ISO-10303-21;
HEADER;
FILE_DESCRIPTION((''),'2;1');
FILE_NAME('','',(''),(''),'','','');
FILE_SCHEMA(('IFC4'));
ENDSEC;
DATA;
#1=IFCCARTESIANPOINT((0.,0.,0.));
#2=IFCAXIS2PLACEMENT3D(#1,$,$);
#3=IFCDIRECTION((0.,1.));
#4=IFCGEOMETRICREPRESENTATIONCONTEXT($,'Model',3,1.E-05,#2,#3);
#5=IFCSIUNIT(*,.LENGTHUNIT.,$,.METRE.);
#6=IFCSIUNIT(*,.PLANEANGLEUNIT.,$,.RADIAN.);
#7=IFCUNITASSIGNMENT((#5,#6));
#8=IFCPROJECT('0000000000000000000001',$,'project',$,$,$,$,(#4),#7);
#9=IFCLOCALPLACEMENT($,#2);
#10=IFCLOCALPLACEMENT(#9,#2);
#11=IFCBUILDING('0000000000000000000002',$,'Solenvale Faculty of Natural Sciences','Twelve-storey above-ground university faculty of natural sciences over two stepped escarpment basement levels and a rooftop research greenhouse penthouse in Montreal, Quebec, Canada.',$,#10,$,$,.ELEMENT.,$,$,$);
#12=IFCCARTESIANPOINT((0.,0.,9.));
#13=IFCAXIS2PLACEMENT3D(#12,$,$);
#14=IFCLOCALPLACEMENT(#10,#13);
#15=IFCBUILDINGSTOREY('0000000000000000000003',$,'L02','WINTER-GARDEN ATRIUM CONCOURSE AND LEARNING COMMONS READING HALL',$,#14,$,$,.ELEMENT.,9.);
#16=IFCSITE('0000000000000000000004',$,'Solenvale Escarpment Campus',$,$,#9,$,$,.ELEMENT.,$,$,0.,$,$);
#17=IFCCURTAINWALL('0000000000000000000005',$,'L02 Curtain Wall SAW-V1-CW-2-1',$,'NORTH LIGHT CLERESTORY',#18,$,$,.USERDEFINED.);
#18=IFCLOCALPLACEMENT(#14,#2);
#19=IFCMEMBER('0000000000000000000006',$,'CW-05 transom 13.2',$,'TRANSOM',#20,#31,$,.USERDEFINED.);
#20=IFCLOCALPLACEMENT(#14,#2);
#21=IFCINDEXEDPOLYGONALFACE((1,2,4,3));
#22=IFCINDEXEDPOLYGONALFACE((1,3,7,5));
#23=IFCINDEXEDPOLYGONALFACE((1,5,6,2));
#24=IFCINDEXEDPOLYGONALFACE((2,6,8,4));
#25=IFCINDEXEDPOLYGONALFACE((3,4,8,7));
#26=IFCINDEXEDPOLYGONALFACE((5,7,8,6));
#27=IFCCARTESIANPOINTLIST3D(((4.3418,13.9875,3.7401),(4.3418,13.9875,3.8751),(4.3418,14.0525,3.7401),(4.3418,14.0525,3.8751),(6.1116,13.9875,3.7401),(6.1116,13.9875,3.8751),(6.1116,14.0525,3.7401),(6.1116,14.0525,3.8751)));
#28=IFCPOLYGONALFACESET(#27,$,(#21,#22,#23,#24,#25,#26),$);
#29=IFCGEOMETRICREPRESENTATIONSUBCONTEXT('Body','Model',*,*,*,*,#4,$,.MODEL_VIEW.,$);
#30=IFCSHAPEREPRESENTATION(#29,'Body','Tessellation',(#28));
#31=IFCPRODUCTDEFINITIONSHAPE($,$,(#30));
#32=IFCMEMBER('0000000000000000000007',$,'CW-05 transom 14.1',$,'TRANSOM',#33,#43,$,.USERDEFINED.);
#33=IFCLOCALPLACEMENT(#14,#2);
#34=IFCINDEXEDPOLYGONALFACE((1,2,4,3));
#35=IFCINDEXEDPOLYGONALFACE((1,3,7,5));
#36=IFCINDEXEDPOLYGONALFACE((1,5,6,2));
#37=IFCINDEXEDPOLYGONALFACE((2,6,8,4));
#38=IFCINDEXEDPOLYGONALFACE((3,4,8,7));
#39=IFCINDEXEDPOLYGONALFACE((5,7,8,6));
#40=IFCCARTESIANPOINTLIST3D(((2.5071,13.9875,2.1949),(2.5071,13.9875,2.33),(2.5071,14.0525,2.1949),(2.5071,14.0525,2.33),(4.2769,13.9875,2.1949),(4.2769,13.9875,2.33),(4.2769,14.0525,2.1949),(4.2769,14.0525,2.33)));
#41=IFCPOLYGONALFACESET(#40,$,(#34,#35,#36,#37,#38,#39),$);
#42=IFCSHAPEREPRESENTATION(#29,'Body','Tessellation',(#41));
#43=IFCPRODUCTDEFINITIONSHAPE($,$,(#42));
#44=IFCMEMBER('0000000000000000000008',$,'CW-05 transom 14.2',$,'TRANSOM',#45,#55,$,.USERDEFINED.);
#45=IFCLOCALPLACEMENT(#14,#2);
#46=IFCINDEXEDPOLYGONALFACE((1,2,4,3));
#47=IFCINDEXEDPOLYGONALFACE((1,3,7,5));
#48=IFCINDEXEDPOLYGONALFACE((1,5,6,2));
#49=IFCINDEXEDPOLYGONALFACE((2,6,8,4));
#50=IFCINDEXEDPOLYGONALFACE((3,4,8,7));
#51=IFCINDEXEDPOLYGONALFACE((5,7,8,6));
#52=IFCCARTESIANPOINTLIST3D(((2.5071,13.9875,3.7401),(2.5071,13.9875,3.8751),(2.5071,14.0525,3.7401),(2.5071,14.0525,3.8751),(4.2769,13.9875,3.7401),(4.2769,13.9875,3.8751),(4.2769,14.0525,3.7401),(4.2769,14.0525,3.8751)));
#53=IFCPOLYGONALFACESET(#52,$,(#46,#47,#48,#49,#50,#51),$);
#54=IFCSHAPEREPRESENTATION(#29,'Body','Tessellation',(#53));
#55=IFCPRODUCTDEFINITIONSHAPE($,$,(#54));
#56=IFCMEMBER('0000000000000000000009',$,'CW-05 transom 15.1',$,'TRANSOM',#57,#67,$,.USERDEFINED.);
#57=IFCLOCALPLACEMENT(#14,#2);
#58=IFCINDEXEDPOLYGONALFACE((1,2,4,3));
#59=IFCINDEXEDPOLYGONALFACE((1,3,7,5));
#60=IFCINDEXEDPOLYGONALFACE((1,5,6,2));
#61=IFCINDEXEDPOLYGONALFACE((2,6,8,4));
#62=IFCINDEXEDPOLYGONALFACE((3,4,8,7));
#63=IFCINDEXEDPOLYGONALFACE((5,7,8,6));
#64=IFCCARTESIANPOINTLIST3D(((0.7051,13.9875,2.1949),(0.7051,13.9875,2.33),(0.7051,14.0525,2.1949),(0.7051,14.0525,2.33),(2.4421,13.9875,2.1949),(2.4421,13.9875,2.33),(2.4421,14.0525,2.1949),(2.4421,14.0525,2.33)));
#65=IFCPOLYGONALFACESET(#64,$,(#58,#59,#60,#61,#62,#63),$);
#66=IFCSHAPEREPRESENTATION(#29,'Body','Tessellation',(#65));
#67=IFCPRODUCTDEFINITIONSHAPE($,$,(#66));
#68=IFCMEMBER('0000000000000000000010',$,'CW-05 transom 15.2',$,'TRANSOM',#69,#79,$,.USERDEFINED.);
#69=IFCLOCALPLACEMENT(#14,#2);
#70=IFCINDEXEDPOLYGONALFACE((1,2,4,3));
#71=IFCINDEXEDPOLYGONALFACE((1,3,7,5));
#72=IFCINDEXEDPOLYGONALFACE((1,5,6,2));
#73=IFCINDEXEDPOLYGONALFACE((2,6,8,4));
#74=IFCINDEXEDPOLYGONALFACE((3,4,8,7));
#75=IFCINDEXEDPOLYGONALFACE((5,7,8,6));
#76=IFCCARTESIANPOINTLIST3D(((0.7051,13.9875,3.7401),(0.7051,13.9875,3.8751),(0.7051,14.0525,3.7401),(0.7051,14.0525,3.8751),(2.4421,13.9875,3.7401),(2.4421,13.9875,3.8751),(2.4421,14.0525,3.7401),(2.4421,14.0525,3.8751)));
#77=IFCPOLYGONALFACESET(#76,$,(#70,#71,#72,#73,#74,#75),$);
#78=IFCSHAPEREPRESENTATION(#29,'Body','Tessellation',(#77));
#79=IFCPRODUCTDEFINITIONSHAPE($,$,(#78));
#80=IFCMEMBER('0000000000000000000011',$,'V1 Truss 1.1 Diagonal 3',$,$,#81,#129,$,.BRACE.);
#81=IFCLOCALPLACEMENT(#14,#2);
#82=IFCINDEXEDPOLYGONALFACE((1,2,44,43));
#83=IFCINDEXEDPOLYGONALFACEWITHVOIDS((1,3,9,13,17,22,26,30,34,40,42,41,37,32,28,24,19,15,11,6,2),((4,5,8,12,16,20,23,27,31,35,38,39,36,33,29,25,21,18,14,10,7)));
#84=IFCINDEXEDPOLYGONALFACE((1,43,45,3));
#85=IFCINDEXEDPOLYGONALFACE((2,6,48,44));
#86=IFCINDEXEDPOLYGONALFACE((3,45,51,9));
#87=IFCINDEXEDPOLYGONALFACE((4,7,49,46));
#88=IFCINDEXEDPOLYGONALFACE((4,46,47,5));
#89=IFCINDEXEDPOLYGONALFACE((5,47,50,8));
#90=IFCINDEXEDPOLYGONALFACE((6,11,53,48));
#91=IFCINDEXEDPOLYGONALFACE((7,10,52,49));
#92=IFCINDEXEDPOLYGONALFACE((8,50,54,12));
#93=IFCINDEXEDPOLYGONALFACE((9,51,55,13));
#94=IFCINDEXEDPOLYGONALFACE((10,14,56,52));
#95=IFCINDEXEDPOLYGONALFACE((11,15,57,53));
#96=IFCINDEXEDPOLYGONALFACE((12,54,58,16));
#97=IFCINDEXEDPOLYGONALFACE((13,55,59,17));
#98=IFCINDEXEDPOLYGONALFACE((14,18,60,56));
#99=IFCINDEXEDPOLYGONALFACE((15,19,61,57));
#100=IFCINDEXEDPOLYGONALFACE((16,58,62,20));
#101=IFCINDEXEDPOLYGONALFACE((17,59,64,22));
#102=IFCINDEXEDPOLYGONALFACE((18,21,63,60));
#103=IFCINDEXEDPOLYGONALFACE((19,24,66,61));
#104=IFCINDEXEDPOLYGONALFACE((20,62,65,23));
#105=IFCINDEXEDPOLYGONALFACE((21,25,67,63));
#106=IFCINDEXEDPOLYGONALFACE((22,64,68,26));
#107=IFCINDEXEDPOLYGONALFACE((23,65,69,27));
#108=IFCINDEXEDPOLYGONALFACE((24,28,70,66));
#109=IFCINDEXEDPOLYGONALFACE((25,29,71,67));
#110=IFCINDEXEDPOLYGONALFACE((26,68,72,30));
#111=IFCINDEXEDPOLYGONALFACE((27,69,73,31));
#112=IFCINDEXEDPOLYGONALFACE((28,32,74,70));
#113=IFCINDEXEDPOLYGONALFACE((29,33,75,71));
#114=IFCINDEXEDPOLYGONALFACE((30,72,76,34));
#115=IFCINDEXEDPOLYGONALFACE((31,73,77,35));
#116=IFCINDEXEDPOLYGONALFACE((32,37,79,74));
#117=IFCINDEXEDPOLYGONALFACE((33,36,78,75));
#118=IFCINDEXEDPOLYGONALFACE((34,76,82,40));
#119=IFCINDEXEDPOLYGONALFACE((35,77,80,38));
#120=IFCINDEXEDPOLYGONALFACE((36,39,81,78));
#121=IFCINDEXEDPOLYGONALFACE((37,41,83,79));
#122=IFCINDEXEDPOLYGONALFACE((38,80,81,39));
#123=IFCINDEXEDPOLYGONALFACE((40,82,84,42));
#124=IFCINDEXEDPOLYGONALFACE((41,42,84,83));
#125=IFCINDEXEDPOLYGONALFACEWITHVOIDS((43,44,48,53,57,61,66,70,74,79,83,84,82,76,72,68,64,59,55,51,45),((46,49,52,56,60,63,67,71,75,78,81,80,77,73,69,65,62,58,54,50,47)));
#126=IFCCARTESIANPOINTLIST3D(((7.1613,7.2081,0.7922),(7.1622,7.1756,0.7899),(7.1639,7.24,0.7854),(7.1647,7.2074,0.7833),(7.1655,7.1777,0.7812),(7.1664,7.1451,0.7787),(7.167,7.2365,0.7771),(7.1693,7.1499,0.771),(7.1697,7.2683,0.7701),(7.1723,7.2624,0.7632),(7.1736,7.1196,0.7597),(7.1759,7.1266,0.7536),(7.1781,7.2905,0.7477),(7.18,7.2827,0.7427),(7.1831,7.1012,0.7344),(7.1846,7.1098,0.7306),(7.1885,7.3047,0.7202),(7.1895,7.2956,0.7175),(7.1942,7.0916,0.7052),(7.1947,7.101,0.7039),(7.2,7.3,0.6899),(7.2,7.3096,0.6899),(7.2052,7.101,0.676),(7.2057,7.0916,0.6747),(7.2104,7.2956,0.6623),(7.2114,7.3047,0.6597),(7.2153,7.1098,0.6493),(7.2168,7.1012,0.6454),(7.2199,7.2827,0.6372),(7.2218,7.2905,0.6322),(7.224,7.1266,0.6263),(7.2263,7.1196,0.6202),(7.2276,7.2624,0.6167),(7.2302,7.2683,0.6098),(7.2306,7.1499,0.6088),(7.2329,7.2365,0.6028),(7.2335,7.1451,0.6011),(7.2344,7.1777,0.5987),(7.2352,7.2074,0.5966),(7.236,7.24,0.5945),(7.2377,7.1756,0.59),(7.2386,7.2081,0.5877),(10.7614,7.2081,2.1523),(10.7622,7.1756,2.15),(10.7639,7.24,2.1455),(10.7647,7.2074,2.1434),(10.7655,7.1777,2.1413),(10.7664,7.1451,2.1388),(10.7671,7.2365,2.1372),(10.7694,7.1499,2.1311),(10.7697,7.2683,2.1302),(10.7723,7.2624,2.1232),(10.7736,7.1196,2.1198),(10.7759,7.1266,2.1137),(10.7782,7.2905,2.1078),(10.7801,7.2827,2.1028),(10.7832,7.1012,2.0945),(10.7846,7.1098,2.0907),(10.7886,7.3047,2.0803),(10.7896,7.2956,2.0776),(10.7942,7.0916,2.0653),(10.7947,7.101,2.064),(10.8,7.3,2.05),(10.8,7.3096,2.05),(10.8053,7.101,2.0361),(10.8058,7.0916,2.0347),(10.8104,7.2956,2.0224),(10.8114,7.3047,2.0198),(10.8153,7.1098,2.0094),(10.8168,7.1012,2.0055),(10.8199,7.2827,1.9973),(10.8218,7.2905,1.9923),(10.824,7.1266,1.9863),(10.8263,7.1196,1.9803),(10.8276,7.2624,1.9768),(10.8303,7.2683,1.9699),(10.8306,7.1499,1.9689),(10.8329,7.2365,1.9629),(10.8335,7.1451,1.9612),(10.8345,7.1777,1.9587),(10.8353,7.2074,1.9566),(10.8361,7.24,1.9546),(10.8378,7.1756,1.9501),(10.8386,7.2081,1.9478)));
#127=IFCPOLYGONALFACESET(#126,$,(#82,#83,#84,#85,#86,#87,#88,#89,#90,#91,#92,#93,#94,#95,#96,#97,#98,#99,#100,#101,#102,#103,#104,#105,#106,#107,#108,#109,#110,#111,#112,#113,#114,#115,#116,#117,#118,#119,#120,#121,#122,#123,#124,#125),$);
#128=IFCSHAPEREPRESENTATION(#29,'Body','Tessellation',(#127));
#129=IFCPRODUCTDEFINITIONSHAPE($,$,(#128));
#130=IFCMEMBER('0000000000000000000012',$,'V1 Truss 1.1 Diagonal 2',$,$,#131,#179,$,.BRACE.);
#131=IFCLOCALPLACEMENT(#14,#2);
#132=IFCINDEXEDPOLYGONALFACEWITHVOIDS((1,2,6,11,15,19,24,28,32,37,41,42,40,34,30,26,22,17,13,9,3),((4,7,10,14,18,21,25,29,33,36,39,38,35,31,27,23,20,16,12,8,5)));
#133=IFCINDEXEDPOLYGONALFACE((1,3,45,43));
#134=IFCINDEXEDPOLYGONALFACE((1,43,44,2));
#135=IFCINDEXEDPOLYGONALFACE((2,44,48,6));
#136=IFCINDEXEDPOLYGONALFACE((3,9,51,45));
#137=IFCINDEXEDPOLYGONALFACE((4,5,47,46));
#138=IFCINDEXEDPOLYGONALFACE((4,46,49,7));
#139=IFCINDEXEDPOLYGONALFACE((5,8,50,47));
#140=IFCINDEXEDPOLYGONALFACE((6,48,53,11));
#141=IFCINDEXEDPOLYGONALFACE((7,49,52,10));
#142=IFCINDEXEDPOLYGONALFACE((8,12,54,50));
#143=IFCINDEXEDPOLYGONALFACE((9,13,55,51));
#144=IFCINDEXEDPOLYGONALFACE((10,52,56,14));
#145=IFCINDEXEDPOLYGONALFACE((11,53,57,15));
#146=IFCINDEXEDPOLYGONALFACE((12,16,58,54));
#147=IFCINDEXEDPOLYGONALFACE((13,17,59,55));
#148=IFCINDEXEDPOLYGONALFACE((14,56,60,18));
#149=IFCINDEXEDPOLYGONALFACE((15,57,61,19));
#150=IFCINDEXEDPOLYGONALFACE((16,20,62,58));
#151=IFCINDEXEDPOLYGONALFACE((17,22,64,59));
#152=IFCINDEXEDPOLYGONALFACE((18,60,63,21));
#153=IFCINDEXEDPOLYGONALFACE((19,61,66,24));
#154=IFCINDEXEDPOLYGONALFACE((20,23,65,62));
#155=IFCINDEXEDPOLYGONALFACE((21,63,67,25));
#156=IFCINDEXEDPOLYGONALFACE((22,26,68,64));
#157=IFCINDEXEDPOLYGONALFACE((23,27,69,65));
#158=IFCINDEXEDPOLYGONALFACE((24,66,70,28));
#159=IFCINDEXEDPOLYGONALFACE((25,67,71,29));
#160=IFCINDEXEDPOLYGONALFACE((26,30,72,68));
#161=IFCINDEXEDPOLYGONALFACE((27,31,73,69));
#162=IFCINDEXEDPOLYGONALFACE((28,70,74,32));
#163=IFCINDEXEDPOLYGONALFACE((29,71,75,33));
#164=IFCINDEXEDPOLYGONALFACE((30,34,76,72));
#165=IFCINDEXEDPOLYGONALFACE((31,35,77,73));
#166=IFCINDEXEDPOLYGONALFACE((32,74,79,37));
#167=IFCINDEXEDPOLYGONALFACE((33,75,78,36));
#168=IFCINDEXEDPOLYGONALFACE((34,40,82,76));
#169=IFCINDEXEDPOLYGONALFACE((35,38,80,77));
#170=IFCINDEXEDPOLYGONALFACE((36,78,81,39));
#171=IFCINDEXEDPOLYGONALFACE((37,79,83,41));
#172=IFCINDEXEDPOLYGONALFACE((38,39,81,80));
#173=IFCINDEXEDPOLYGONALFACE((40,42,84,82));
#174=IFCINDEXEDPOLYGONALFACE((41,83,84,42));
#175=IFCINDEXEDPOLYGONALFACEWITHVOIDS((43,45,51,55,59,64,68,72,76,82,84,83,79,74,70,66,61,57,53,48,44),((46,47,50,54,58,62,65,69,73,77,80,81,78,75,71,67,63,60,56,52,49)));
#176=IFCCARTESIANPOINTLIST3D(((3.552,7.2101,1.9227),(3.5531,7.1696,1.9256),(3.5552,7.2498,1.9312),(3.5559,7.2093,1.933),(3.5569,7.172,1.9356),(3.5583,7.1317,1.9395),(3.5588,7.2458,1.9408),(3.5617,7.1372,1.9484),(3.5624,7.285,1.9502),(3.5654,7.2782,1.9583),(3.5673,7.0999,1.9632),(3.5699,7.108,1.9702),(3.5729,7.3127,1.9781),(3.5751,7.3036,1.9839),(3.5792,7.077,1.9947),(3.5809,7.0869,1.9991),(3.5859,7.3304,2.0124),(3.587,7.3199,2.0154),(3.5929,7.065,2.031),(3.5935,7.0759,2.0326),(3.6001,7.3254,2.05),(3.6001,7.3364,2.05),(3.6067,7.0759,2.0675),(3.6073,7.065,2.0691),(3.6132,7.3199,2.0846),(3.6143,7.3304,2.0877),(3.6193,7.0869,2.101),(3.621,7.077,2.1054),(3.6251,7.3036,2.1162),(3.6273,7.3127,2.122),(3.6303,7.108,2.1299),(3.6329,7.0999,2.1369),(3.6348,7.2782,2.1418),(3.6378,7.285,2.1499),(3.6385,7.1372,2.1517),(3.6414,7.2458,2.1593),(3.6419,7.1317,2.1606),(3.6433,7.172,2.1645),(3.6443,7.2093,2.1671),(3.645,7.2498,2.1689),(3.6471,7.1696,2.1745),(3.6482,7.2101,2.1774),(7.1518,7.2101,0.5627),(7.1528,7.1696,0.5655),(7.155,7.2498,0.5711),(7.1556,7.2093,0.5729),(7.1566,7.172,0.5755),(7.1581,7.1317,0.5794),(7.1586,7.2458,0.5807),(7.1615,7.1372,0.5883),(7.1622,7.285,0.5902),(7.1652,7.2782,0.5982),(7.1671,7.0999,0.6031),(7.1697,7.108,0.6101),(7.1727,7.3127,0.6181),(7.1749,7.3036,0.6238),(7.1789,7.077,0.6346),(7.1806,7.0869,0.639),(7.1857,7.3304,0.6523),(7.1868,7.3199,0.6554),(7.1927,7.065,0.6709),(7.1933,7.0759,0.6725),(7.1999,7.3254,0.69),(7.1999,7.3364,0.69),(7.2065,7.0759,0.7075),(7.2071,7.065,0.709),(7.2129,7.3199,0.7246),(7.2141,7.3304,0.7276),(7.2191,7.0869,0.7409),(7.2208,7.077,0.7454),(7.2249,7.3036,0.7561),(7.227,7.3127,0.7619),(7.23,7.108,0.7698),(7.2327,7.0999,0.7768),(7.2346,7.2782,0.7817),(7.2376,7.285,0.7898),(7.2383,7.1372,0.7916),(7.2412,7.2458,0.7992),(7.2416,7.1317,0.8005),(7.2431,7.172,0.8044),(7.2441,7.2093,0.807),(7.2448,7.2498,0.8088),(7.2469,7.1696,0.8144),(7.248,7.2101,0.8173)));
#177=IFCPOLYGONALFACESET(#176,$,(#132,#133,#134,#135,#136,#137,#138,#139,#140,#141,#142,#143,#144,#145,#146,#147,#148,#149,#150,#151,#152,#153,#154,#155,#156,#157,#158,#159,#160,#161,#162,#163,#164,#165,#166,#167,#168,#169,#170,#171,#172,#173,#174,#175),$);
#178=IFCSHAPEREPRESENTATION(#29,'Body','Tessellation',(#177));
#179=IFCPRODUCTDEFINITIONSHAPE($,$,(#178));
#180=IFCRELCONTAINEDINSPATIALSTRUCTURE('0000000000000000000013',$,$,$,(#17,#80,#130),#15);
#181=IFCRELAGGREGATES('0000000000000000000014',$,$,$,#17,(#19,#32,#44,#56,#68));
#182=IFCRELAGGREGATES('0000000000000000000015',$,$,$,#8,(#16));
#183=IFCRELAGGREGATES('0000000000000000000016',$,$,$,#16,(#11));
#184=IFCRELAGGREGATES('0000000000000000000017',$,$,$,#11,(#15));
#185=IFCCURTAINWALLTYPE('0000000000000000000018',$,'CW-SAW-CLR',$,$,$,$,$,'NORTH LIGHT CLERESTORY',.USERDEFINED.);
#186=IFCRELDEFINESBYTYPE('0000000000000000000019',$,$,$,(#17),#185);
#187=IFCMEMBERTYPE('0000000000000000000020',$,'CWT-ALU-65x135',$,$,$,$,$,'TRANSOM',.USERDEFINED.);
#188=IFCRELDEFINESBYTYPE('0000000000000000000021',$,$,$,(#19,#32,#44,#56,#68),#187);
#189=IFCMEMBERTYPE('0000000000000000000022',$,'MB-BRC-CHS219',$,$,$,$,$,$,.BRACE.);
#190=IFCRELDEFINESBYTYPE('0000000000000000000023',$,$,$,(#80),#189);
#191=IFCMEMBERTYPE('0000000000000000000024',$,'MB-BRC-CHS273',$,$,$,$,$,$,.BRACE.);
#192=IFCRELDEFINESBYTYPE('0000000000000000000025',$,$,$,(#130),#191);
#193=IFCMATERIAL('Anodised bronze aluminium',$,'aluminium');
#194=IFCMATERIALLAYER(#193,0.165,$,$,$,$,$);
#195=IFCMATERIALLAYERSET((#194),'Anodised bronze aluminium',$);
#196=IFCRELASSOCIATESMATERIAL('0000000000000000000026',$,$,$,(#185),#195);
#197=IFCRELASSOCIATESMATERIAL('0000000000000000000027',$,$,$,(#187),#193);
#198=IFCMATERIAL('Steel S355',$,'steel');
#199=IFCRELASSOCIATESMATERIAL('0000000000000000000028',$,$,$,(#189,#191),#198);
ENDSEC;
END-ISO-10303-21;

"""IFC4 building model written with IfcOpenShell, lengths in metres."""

from ifc_helpers import new_model, si_unit, direction, frame, origin, origin_2d, place, context, subcontext, project, spatial, rectangle, hollow_circle, extrude, material, layer, layer_set, material_profile, profile_set, type_object, element, aggregate, save


model = new_model("IFC4")

# Units and contexts
model_context = context("Model", 3, precision=1e-05, world=origin(), true_north=direction((0.0, 1.0)))
body_context = subcontext(model_context, "Body", "Model", "MODEL_VIEW")
ifc_project = project(units=[si_unit("LENGTHUNIT", "METRE"), si_unit("PLANEANGLEUNIT", "RADIAN")], contexts=[model_context])

# Site, building, storey
site_placement = place(None, origin())
site = spatial("IfcSite", under=ifc_project, at=site_placement, Name="Solenvale Escarpment Campus", CompositionType="ELEMENT", RefElevation=0.0)
building_placement = place(site_placement, origin())
building = spatial("IfcBuilding", under=site, at=building_placement, Name="Solenvale Faculty of Natural Sciences", Description="Twelve-storey above-ground university faculty of natural sciences over two stepped escarpment basement levels and a rooftop research greenhouse penthouse in Montreal, Quebec, Canada.", CompositionType="ELEMENT")
storey_placement = place(building_placement, frame((0.0, 0.0, 9.0)))
storey = spatial("IfcBuildingStorey", under=building, at=storey_placement, Name="L02", Description="WINTER-GARDEN ATRIUM CONCOURSE AND LEARNING COMMONS READING HALL", CompositionType="ELEMENT", Elevation=9.0)

# Shared definitions
ifc_material_1 = material(Name="Steel S355", Category="steel")

# Curtain wall, members
ifc_material_2 = material(Name="Anodised bronze aluminium", Category="aluminium")
ifc_layer_1 = layer(ifc_material_2, 0.165)
ifc_layer_set_1 = layer_set([ifc_layer_1], Name="Anodised bronze aluminium")
curtain_wall_type = type_object("IfcCurtainWallType", Name="CW-SAW-CLR", ElementType="NORTH LIGHT CLERESTORY", PredefinedType="USERDEFINED", material=ifc_layer_set_1)
curtain_wall_placement = place(storey_placement, origin())
curtain_wall = element("IfcCurtainWall", 1, at=curtain_wall_placement, inside=storey, type_object=curtain_wall_type, Name="L02 Curtain Wall SAW-V1-CW-2-1", ObjectType="NORTH LIGHT CLERESTORY", PredefinedType="USERDEFINED")
ifc_material_profile_1 = material_profile(ifc_material_2, rectangle(XDim=0.0649, YDim=0.135, at=origin_2d()), Name="ALU-TRN-65x135")
ifc_profile_set_1 = profile_set([ifc_material_profile_1], Name="Anodised bronze aluminium")
member_type_1 = type_object("IfcMemberType", Name="CWT-ALU-65x135", ElementType="TRANSOM", PredefinedType="USERDEFINED", material=ifc_profile_set_1)
member_1_placement = place(storey_placement, frame((6.1116, 14.02, 3.8076), z_axis=(-1.0, 0.0, 0.0), x_axis=(0.0, -1.0, 0.0)))
member_1 = element("IfcMember", 2, at=member_1_placement, type_object=member_type_1, Name="CW-05 transom 13.2", ObjectType="TRANSOM", PredefinedType="USERDEFINED", context=body_context, shape_type="SweptSolid", body=[
    extrude(rectangle(XDim=0.0649, YDim=0.135, at=origin_2d()), origin(), (0.0, 0.0, 1.0), 1.7698),
])
member_2_placement = place(storey_placement, frame((4.2769, 14.02, 2.2625), z_axis=(-1.0, 0.0, 0.0), x_axis=(0.0, -1.0, 0.0)))
member_2 = element("IfcMember", 3, at=member_2_placement, type_object=member_type_1, Name="CW-05 transom 14.1", ObjectType="TRANSOM", PredefinedType="USERDEFINED", context=body_context, shape_type="SweptSolid", body=[
    extrude(rectangle(XDim=0.0649, YDim=0.135, at=origin_2d()), origin(), (0.0, 0.0, 1.0), 1.7698),
])
member_3_placement = place(storey_placement, frame((4.2769, 14.02, 3.8076), z_axis=(-1.0, 0.0, 0.0), x_axis=(0.0, -1.0, 0.0)))
member_3 = element("IfcMember", 4, at=member_3_placement, type_object=member_type_1, Name="CW-05 transom 14.2", ObjectType="TRANSOM", PredefinedType="USERDEFINED", context=body_context, shape_type="SweptSolid", body=[
    extrude(rectangle(XDim=0.0649, YDim=0.135, at=origin_2d()), origin(), (0.0, 0.0, 1.0), 1.7698),
])
member_4_placement = place(storey_placement, frame((2.4421, 14.02, 2.2625), z_axis=(-1.0, 0.0, 0.0), x_axis=(0.0, -1.0, 0.0)))
member_4 = element("IfcMember", 5, at=member_4_placement, type_object=member_type_1, Name="CW-05 transom 15.1", ObjectType="TRANSOM", PredefinedType="USERDEFINED", context=body_context, shape_type="SweptSolid", body=[
    extrude(rectangle(XDim=0.0649, YDim=0.135, at=origin_2d()), origin(), (0.0, 0.0, 1.0), 1.7371),
])
member_5_placement = place(storey_placement, frame((2.4421, 14.02, 3.8076), z_axis=(-1.0, 0.0, 0.0), x_axis=(0.0, -1.0, 0.0)))
member_5 = element("IfcMember", 6, at=member_5_placement, type_object=member_type_1, Name="CW-05 transom 15.2", ObjectType="TRANSOM", PredefinedType="USERDEFINED", context=body_context, shape_type="SweptSolid", body=[
    extrude(rectangle(XDim=0.0649, YDim=0.135, at=origin_2d()), origin(), (0.0, 0.0, 1.0), 1.7371),
])

# Members
ifc_material_profile_2 = material_profile(ifc_material_1, hollow_circle(Radius=0.1096, WallThickness=0.0095, at=origin_2d()), Name="HSS219x9.5")
ifc_profile_set_2 = profile_set([ifc_material_profile_2], Name="Steel S355")
member_type_2 = type_object("IfcMemberType", Name="MB-BRC-CHS219", PredefinedType="BRACE", material=ifc_profile_set_2)
member_6_placement = place(storey_placement, frame((7.2, 7.2, 0.6899), z_axis=(0.935466, 0.0, 0.353417), x_axis=(0.0, 1.0, 0.0)))
element("IfcMember", 7, at=member_6_placement, inside=storey, type_object=member_type_2, Name="V1 Truss 1.1 Diagonal 3", PredefinedType="BRACE", context=body_context, shape_type="SweptSolid", body=[
    extrude(hollow_circle(Radius=0.1096, WallThickness=0.0095, at=origin_2d()), origin(), (0.0, 0.0, 1.0), 3.8484),
])
ifc_material_profile_3 = material_profile(ifc_material_1, hollow_circle(Radius=0.1365, WallThickness=0.011, at=origin_2d()), Name="HSS273x11")
ifc_profile_set_3 = profile_set([ifc_material_profile_3], Name="Steel S355")
member_type_3 = type_object("IfcMemberType", Name="MB-BRC-CHS273", PredefinedType="BRACE", material=ifc_profile_set_3)
member_7_placement = place(storey_placement, frame((3.6001, 7.2, 2.05), z_axis=(0.935458, 0.0, -0.353438), x_axis=(0.0, 1.0, 0.0)))
element("IfcMember", 8, at=member_7_placement, inside=storey, type_object=member_type_3, Name="V1 Truss 1.1 Diagonal 2", PredefinedType="BRACE", context=body_context, shape_type="SweptSolid", body=[
    extrude(hollow_circle(Radius=0.1365, WallThickness=0.011, at=origin_2d()), origin(), (0.0, 0.0, 1.0), 3.8481),
])

aggregate(curtain_wall, [member_1, member_2, member_3, member_4, member_5])

save(model, "model.ifc")
